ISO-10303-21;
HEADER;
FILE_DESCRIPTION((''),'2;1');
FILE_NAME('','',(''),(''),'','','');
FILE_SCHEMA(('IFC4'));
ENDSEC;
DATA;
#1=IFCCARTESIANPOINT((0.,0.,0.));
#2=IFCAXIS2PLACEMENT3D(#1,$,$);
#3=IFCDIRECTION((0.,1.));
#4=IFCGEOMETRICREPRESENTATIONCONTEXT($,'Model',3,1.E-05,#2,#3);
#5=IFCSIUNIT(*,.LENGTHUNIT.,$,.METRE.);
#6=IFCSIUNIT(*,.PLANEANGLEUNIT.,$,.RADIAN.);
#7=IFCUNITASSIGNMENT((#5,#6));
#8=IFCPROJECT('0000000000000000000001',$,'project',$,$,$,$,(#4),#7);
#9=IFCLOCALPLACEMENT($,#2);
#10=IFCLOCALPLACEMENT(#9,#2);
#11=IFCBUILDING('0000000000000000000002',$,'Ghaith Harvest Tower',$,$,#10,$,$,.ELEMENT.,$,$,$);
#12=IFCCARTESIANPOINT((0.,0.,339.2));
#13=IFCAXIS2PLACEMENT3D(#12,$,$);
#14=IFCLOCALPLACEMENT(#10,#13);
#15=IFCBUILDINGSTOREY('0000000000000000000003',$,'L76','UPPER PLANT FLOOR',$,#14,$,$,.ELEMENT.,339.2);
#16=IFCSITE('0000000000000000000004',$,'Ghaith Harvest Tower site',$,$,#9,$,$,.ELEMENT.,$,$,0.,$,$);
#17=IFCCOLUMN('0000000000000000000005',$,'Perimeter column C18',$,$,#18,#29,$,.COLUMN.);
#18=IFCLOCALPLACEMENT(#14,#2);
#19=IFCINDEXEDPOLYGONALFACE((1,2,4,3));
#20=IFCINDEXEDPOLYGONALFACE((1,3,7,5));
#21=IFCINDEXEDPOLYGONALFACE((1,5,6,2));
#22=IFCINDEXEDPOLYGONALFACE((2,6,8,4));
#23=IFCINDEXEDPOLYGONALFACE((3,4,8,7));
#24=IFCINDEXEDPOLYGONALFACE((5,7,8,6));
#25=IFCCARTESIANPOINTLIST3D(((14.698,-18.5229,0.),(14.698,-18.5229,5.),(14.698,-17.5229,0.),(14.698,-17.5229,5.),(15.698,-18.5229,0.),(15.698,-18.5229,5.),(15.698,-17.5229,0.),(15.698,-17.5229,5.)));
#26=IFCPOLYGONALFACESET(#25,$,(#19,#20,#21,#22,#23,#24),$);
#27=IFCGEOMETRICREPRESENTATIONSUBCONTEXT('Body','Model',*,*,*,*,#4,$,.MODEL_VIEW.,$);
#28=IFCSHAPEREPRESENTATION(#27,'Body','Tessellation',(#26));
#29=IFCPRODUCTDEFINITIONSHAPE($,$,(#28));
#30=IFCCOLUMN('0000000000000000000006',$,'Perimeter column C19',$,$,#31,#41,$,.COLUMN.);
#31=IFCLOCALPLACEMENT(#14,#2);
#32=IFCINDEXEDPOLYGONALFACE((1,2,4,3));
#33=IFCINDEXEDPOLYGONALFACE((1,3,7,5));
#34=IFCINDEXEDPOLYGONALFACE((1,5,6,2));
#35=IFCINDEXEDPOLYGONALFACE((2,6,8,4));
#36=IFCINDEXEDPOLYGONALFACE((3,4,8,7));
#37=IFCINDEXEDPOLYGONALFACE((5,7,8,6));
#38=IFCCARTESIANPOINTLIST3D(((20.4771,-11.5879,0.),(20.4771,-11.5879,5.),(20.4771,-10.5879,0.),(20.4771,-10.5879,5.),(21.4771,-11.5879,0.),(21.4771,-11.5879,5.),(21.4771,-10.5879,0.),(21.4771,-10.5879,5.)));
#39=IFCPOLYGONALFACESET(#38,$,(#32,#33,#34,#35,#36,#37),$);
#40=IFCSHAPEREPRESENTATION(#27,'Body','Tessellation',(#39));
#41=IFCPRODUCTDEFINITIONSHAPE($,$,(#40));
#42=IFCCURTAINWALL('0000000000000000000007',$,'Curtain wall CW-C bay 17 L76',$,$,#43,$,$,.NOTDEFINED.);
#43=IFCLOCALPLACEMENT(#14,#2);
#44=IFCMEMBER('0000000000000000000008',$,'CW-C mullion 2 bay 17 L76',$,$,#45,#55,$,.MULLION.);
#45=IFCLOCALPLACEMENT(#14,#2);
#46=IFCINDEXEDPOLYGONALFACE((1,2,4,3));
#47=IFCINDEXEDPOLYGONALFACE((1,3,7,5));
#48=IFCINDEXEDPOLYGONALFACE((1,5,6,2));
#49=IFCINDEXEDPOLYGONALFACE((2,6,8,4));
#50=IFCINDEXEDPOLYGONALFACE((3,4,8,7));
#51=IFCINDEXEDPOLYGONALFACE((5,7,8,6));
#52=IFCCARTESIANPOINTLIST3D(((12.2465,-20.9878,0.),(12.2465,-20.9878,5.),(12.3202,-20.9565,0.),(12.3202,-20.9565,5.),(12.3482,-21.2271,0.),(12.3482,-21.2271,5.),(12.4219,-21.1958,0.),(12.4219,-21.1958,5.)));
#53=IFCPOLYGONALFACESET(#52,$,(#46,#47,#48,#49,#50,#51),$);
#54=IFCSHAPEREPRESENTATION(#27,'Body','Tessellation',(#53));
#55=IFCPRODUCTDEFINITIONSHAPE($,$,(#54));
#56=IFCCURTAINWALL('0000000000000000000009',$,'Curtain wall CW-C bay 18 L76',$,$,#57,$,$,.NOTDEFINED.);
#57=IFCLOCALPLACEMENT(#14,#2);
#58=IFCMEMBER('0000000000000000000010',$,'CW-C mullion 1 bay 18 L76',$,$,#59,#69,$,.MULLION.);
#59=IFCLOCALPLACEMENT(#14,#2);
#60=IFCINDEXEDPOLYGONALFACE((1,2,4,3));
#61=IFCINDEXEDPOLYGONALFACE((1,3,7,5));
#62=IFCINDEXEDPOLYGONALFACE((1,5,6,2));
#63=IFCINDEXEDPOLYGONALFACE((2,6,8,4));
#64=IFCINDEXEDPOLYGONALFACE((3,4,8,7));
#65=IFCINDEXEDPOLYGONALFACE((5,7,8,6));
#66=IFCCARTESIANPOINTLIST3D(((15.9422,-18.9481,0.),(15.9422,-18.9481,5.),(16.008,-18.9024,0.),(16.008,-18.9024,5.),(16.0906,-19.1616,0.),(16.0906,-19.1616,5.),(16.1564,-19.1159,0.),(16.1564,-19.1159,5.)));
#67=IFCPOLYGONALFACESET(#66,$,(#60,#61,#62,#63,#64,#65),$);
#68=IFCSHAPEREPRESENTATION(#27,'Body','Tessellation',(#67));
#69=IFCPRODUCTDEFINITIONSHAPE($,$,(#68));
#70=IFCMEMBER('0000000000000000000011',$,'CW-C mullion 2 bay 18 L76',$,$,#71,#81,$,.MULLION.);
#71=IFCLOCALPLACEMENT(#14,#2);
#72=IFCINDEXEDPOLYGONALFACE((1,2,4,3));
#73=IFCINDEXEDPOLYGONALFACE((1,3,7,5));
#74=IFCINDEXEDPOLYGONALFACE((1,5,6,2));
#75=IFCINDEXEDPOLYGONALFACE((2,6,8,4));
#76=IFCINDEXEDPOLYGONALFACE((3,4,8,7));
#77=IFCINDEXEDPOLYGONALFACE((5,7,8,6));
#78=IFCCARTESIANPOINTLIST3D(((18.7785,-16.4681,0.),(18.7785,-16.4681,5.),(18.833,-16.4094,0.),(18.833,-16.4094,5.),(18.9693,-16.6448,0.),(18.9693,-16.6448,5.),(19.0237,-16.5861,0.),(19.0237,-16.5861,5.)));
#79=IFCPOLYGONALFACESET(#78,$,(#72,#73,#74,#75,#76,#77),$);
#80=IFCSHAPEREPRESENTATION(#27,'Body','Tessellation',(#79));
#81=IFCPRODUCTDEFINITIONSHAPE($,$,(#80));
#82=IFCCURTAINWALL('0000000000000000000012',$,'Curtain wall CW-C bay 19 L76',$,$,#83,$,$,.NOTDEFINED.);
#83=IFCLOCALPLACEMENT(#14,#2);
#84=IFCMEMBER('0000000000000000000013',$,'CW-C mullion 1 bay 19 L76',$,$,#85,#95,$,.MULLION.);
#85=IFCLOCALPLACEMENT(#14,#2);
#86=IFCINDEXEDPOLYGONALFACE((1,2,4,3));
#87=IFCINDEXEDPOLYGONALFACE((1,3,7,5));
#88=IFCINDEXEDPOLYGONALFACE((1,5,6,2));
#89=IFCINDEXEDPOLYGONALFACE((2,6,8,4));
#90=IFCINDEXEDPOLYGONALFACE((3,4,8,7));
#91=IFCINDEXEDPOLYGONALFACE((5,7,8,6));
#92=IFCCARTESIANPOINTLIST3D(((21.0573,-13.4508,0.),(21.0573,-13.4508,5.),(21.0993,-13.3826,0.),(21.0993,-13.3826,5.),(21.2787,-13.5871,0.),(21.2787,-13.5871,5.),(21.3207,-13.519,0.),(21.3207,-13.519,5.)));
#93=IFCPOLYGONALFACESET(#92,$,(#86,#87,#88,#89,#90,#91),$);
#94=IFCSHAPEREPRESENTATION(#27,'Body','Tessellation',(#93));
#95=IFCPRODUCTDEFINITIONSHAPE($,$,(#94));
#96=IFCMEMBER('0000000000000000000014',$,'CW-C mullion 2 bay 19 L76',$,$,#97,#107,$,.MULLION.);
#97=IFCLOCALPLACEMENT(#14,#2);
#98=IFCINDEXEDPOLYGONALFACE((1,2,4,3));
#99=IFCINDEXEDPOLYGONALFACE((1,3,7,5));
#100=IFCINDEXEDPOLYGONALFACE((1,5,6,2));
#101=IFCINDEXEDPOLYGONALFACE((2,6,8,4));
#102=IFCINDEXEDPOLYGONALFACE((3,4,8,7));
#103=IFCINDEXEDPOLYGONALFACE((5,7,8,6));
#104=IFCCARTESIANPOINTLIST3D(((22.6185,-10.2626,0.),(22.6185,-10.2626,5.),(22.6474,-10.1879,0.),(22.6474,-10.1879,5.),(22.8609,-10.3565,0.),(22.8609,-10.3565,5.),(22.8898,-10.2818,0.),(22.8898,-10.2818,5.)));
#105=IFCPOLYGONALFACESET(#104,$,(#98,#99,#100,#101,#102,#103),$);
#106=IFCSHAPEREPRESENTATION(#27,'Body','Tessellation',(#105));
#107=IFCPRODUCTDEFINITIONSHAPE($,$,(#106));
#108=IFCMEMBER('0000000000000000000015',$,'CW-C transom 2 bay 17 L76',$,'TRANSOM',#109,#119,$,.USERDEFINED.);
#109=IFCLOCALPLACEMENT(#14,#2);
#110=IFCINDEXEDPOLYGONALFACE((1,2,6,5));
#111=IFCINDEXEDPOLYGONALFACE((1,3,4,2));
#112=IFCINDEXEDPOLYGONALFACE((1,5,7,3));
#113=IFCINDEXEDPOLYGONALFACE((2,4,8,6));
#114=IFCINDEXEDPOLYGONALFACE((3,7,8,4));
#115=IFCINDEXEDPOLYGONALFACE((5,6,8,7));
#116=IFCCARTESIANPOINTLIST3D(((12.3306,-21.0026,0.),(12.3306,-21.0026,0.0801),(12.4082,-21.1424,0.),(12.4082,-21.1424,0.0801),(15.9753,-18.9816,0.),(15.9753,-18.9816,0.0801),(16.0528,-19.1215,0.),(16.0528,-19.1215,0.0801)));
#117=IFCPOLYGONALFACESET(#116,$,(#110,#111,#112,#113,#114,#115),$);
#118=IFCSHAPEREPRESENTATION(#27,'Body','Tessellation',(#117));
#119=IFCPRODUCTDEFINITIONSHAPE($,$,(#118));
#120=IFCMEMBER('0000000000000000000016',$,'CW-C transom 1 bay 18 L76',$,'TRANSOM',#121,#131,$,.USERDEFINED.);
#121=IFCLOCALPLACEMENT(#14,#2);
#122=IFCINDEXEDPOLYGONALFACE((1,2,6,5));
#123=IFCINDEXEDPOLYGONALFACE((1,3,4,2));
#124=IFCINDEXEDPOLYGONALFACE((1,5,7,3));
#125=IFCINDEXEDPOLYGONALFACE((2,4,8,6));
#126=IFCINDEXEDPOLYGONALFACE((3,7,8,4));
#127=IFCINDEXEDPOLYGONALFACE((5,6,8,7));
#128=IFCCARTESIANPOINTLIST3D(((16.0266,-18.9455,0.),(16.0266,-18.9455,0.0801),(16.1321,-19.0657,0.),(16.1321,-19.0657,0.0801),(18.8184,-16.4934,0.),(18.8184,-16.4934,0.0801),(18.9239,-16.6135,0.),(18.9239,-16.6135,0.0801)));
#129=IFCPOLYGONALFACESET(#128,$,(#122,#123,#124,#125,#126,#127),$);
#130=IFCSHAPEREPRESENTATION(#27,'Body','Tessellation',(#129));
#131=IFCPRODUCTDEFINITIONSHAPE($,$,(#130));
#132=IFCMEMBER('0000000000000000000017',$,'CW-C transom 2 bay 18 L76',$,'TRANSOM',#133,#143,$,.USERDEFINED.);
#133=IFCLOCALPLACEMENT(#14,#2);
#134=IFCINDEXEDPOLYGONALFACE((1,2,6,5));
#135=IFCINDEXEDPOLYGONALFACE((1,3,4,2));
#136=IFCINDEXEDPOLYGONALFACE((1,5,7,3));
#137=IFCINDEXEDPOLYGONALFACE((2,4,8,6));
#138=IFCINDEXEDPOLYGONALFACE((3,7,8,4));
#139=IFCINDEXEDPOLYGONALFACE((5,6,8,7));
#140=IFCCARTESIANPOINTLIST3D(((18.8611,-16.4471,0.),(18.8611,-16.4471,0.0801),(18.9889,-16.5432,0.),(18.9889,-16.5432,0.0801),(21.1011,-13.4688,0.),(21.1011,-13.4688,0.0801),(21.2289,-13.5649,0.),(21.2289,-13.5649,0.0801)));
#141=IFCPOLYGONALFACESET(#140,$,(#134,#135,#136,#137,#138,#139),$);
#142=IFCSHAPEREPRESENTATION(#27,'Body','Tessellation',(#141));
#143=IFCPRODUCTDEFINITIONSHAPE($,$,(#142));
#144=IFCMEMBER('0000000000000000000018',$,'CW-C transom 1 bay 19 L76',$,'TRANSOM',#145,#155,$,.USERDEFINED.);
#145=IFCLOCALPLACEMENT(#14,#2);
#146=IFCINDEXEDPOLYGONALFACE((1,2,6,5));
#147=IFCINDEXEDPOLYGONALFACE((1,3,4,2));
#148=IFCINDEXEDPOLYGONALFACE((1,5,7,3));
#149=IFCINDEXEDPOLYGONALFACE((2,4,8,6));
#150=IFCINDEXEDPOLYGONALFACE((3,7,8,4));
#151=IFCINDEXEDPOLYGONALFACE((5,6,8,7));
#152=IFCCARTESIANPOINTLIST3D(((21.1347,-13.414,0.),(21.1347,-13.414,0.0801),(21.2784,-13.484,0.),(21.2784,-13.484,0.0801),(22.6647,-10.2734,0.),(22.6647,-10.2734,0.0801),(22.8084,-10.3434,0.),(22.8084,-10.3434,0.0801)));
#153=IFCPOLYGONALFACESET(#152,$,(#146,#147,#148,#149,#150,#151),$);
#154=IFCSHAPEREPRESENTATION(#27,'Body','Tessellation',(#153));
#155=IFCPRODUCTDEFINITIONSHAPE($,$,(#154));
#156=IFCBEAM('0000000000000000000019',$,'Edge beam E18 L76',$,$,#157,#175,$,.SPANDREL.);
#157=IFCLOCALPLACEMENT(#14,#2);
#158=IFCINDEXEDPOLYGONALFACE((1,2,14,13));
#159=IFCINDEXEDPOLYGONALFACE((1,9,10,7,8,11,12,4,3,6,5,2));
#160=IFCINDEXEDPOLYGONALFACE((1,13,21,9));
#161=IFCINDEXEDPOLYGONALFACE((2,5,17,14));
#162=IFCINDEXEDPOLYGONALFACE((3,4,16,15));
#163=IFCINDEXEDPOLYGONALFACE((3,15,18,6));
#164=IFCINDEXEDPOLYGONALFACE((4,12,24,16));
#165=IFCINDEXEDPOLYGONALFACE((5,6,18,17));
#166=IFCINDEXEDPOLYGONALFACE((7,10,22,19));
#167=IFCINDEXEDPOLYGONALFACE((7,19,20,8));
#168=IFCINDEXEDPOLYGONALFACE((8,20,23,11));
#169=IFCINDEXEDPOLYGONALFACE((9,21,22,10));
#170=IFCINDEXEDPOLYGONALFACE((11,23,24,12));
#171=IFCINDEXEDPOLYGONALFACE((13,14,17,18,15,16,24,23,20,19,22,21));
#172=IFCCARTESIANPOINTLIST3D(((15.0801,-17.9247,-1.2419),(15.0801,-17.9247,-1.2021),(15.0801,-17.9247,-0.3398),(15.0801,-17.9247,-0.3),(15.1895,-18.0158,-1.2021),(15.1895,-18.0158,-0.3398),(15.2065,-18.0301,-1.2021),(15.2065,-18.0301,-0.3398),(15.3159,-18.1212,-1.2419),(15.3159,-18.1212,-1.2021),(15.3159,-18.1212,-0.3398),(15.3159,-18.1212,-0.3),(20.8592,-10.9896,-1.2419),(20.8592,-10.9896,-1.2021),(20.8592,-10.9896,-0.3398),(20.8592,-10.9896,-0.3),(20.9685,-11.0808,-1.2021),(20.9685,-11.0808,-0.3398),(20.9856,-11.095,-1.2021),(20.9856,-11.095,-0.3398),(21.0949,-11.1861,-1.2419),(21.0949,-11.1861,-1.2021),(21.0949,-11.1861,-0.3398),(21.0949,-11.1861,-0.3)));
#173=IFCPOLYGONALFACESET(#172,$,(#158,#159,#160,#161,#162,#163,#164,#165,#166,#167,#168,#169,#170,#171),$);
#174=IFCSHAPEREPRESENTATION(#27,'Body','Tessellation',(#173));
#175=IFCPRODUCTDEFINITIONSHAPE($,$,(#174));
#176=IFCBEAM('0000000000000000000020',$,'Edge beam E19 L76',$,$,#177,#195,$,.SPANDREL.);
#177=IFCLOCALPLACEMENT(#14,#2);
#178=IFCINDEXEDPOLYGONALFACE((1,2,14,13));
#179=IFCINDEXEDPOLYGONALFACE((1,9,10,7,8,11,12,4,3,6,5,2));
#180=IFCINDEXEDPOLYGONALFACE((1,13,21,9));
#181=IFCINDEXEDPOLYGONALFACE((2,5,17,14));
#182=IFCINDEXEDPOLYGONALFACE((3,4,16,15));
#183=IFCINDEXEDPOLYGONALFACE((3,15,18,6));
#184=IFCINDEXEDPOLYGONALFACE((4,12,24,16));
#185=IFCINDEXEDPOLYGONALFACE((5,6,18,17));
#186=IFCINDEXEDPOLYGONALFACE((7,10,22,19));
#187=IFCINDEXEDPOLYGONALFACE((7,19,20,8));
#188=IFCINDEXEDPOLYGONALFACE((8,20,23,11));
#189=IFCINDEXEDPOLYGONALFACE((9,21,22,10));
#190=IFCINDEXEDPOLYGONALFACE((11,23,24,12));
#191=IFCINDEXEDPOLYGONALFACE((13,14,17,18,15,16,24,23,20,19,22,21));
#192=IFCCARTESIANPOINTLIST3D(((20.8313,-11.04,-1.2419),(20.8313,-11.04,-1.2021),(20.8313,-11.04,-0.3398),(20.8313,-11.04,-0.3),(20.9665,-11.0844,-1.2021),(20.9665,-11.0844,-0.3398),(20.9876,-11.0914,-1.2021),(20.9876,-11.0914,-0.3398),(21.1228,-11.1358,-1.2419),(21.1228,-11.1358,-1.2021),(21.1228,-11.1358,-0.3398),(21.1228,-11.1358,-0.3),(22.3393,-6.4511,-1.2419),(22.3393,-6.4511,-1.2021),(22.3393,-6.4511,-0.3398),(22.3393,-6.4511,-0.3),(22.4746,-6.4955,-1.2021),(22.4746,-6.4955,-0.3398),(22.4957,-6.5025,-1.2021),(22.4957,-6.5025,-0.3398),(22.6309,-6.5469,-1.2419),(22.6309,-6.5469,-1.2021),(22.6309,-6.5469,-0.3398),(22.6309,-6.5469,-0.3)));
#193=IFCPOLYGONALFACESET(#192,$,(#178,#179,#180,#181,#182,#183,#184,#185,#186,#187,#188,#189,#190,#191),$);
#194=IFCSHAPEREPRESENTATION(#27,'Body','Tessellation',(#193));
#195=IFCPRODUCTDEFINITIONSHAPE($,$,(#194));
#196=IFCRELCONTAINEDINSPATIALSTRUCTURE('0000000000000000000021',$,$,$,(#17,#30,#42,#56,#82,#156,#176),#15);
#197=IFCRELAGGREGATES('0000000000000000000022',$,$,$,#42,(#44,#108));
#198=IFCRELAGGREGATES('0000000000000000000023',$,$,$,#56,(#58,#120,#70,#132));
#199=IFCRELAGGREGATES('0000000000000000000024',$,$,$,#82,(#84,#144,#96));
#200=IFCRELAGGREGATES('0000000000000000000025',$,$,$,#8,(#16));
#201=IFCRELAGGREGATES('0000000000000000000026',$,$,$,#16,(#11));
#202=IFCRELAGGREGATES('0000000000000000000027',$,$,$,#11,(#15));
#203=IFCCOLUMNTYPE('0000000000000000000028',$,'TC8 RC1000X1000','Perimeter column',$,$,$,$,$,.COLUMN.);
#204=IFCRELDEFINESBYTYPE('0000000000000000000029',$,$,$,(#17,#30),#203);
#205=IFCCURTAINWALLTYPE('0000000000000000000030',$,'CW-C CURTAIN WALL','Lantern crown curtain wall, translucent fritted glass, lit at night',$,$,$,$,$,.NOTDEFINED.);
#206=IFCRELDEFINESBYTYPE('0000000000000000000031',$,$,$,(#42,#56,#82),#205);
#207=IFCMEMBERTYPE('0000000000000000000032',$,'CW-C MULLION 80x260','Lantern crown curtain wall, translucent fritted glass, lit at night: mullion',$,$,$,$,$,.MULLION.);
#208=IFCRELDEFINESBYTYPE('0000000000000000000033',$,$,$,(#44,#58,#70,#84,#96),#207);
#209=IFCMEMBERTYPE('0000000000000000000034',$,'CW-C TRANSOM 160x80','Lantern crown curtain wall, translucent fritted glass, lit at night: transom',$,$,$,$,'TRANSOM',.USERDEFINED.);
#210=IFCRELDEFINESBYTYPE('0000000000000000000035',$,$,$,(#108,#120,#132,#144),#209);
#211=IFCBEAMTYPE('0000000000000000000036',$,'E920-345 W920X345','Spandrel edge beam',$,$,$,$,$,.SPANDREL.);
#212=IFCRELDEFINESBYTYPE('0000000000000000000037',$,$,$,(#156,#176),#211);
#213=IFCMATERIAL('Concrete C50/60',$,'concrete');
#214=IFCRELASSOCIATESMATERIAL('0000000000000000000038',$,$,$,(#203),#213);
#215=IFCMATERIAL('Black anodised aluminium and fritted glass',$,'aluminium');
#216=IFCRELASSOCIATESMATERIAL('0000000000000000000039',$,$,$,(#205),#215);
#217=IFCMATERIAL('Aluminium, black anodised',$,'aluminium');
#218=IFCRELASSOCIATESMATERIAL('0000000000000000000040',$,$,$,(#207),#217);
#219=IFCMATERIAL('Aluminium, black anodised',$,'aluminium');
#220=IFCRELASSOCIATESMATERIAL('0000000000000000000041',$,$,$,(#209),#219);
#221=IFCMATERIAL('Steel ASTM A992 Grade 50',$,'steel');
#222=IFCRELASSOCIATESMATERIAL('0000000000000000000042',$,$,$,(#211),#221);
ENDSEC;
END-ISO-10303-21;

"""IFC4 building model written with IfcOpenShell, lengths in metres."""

from ifc_helpers import new_model, si_unit, direction, frame, origin, origin_2d, place, context, subcontext, project, spatial, rectangle, i_section, extrude, material, material_profile, profile_set, type_object, element, aggregate, save


model = new_model("IFC4")

# Units and contexts
model_context = context("Model", 3, precision=1e-05, world=origin(), true_north=direction((0.0, 1.0)))
body_context = subcontext(model_context, "Body", "Model", "MODEL_VIEW")
ifc_project = project(units=[si_unit("LENGTHUNIT", "METRE"), si_unit("PLANEANGLEUNIT", "RADIAN")], contexts=[model_context])

# Site, building, storey
site_placement = place(None, origin())
site = spatial("IfcSite", under=ifc_project, at=site_placement, Name="Ghaith Harvest Tower site", CompositionType="ELEMENT", RefElevation=0.0)
building_placement = place(site_placement, origin())
building = spatial("IfcBuilding", under=site, at=building_placement, Name="Ghaith Harvest Tower", CompositionType="ELEMENT")
storey_placement = place(building_placement, frame((0.0, 0.0, 339.2)))
storey = spatial("IfcBuildingStorey", under=building, at=storey_placement, Name="L76", Description="UPPER PLANT FLOOR", CompositionType="ELEMENT", Elevation=339.2)

# Columns
ifc_material_1 = material(Name="Concrete C50/60", Category="concrete")
ifc_material_profile_1 = material_profile(ifc_material_1, rectangle(XDim=1.0, YDim=1.0, at=origin_2d()), Name="RC1000X1000")
ifc_profile_set_1 = profile_set([ifc_material_profile_1], Name="Concrete C50/60")
column_type = type_object("IfcColumnType", Name="TC8 RC1000X1000", Description="Perimeter column", PredefinedType="COLUMN", material=ifc_profile_set_1)
for number, where, z_axis, x_axis, name in (
    (1, (15.198, -18.0229, 0.0), (0.0, 0.0, 1.0), (1.0, 0.0, 0.0), "Perimeter column C18"),
    (2, (20.9771, -11.0879, 0.0), (0.0, 0.0, 1.0), (1.0, 0.0, 0.0), "Perimeter column C19"),
):
    element("IfcColumn", number, at=place(storey_placement, frame(where, z_axis=z_axis, x_axis=x_axis)), inside=storey, type_object=column_type, Name=name, PredefinedType="COLUMN", context=body_context, shape_type="SweptSolid", body=[
        extrude(rectangle(XDim=1.0, YDim=1.0, at=origin_2d()), origin(), (0.0, 0.0, 1.0), 5.0),
    ])

# Curtain wall, member
ifc_material_2 = material(Name="Black anodised aluminium and fritted glass", Category="aluminium")
curtain_wall_type = type_object("IfcCurtainWallType", Name="CW-C CURTAIN WALL", Description="Lantern crown curtain wall, translucent fritted glass, lit at night", PredefinedType="NOTDEFINED", material=ifc_material_2)
curtain_wall_1_placement = place(storey_placement, origin())
curtain_wall_1 = element("IfcCurtainWall", 3, at=curtain_wall_1_placement, inside=storey, type_object=curtain_wall_type, Name="Curtain wall CW-C bay 17 L76", PredefinedType="NOTDEFINED")
ifc_material_3 = material(Name="Aluminium, black anodised", Category="aluminium")
ifc_material_profile_2 = material_profile(ifc_material_3, rectangle(XDim=0.0801, YDim=0.26, at=origin_2d()), Name="CW-C MULLION 80x260")
ifc_profile_set_2 = profile_set([ifc_material_profile_2], Name="Aluminium, black anodised")
member_type_1 = type_object("IfcMemberType", Name="CW-C MULLION 80x260", Description="Lantern crown curtain wall, translucent fritted glass, lit at night: mullion", PredefinedType="MULLION", material=ifc_profile_set_2)
member_1_placement = place(storey_placement, frame((12.3342, -21.0918, 0.0), z_axis=(0.0, 0.0, 1.0), x_axis=(0.920319, 0.391168, 0.0)))
member_1 = element("IfcMember", 4, at=member_1_placement, type_object=member_type_1, Name="CW-C mullion 2 bay 17 L76", PredefinedType="MULLION", context=body_context, shape_type="SweptSolid", body=[
    extrude(rectangle(XDim=0.0801, YDim=0.26, at=origin_2d()), origin(), (0.0, 0.0, 1.0), 5.0),
])

# Curtain walls, members
curtain_wall_2_placement = place(storey_placement, origin())
curtain_wall_2 = element("IfcCurtainWall", 5, at=curtain_wall_2_placement, inside=storey, type_object=curtain_wall_type, Name="Curtain wall CW-C bay 18 L76", PredefinedType="NOTDEFINED")
member_2_placement = place(storey_placement, frame((16.0493, -19.032, 0.0), z_axis=(0.0, 0.0, 1.0), x_axis=(0.821112, 0.570767, 0.0)))
member_2 = element("IfcMember", 6, at=member_2_placement, type_object=member_type_1, Name="CW-C mullion 1 bay 18 L76", PredefinedType="MULLION", context=body_context, shape_type="SweptSolid", body=[
    extrude(rectangle(XDim=0.0801, YDim=0.26, at=origin_2d()), origin(), (0.0, 0.0, 1.0), 5.0),
])
member_3_placement = place(storey_placement, frame((18.9011, -16.5271, 0.0), z_axis=(0.0, 0.0, 1.0), x_axis=(0.679661, 0.733526, 0.0)))
member_3 = element("IfcMember", 7, at=member_3_placement, type_object=member_type_1, Name="CW-C mullion 2 bay 18 L76", PredefinedType="MULLION", context=body_context, shape_type="SweptSolid", body=[
    extrude(rectangle(XDim=0.0801, YDim=0.26, at=origin_2d()), origin(), (0.0, 0.0, 1.0), 5.0),
])
curtain_wall_3_placement = place(storey_placement, origin())
curtain_wall_3 = element("IfcCurtainWall", 8, at=curtain_wall_3_placement, inside=storey, type_object=curtain_wall_type, Name="Curtain wall CW-C bay 19 L76", PredefinedType="NOTDEFINED")
member_4_placement = place(storey_placement, frame((21.189, -13.4849, 0.0), z_axis=(0.0, 0.0, 1.0), x_axis=(0.524482, 0.851421, 0.0)))
member_4 = element("IfcMember", 9, at=member_4_placement, type_object=member_type_1, Name="CW-C mullion 1 bay 19 L76", PredefinedType="MULLION", context=body_context, shape_type="SweptSolid", body=[
    extrude(rectangle(XDim=0.0801, YDim=0.26, at=origin_2d()), origin(), (0.0, 0.0, 1.0), 5.0),
])
member_5_placement = place(storey_placement, frame((22.7542, -10.2722, 0.0), z_axis=(0.0, 0.0, 1.0), x_axis=(0.361184, 0.932494, 0.0)))
member_5 = element("IfcMember", 10, at=member_5_placement, type_object=member_type_1, Name="CW-C mullion 2 bay 19 L76", PredefinedType="MULLION", context=body_context, shape_type="SweptSolid", body=[
    extrude(rectangle(XDim=0.0801, YDim=0.26, at=origin_2d()), origin(), (0.0, 0.0, 1.0), 5.0),
])

# Members
ifc_material_4 = material(Name="Aluminium, black anodised", Category="aluminium")
ifc_material_profile_3 = material_profile(ifc_material_4, rectangle(XDim=0.1599, YDim=0.0801, at=origin_2d()), Name="CW-C TRANSOM 160x80")
ifc_profile_set_3 = profile_set([ifc_material_profile_3], Name="Aluminium, black anodised")
member_type_2 = type_object("IfcMemberType", Name="CW-C TRANSOM 160x80", Description="Lantern crown curtain wall, translucent fritted glass, lit at night: transom", ElementType="TRANSOM", PredefinedType="USERDEFINED", material=ifc_profile_set_3)
member_6_placement = place(storey_placement, frame((12.3694, -21.0725, 0.04), z_axis=(0.874552, 0.484932, 0.0), x_axis=(-0.484932, 0.874552, 0.0)))
member_6 = element("IfcMember", 11, at=member_6_placement, type_object=member_type_2, Name="CW-C transom 2 bay 17 L76", ObjectType="TRANSOM", PredefinedType="USERDEFINED", context=body_context, shape_type="SweptSolid", body=[
    extrude(rectangle(XDim=0.1599, YDim=0.0801, at=origin_2d()), origin(), (0.0, 0.0, 1.0), 4.1675),
])
member_7_placement = place(storey_placement, frame((16.0793, -19.0056, 0.04), z_axis=(0.751326, 0.659931, 0.0), x_axis=(-0.659931, 0.751326, 0.0)))
member_7 = element("IfcMember", 12, at=member_7_placement, type_object=member_type_2, Name="CW-C transom 1 bay 18 L76", ObjectType="TRANSOM", PredefinedType="USERDEFINED", context=body_context, shape_type="SweptSolid", body=[
    extrude(rectangle(XDim=0.1599, YDim=0.0801, at=origin_2d()), origin(), (0.0, 0.0, 1.0), 3.7158),
])
member_8_placement = place(storey_placement, frame((18.925, -16.4951, 0.04), z_axis=(0.601079, 0.79919, 0.0), x_axis=(-0.79919, 0.601079, 0.0)))
member_8 = element("IfcMember", 13, at=member_8_placement, type_object=member_type_2, Name="CW-C transom 2 bay 18 L76", ObjectType="TRANSOM", PredefinedType="USERDEFINED", context=body_context, shape_type="SweptSolid", body=[
    extrude(rectangle(XDim=0.1599, YDim=0.0801, at=origin_2d()), origin(), (0.0, 0.0, 1.0), 3.7266),
])
member_9_placement = place(storey_placement, frame((21.2065, -13.449, 0.04), z_axis=(0.437965, 0.898992, 0.0), x_axis=(-0.898992, 0.437965, 0.0)))
member_9 = element("IfcMember", 14, at=member_9_placement, type_object=member_type_2, Name="CW-C transom 1 bay 19 L76", ObjectType="TRANSOM", PredefinedType="USERDEFINED", context=body_context, shape_type="SweptSolid", body=[
    extrude(rectangle(XDim=0.1599, YDim=0.0801, at=origin_2d()), origin(), (0.0, 0.0, 1.0), 3.4934),
])

# Beams
ifc_material_5 = material(Name="Steel ASTM A992 Grade 50", Category="steel")
ifc_material_profile_4 = material_profile(ifc_material_5, i_section(OverallWidth=0.3069, OverallDepth=0.9419, WebThickness=0.0222, FlangeThickness=0.0398, at=origin_2d()), Name="W920X345")
ifc_profile_set_4 = profile_set([ifc_material_profile_4], Name="Steel ASTM A992 Grade 50")
beam_type = type_object("IfcBeamType", Name="E920-345 W920X345", Description="Spandrel edge beam", PredefinedType="SPANDREL", material=ifc_profile_set_4)
beam_1_placement = place(storey_placement, frame((15.198, -18.0229, -0.771), z_axis=(0.640174, 0.76823, 0.0), x_axis=(-0.76823, 0.640174, 0.0)))
element("IfcBeam", 15, at=beam_1_placement, inside=storey, type_object=beam_type, Name="Edge beam E18 L76", PredefinedType="SPANDREL", context=body_context, shape_type="SweptSolid", body=[
    extrude(i_section(OverallWidth=0.3069, OverallDepth=0.9419, WebThickness=0.0222, FlangeThickness=0.0398, at=origin_2d()), origin(), (0.0, 0.0, 1.0), 9.0273),
])
beam_2_placement = place(storey_placement, frame((20.9771, -11.0879, -0.771), z_axis=(0.312207, 0.950014, 0.0), x_axis=(-0.950014, 0.312207, 0.0)))
element("IfcBeam", 16, at=beam_2_placement, inside=storey, type_object=beam_type, Name="Edge beam E19 L76", PredefinedType="SPANDREL", context=body_context, shape_type="SweptSolid", body=[
    extrude(i_section(OverallWidth=0.3069, OverallDepth=0.9419, WebThickness=0.0222, FlangeThickness=0.0398, at=origin_2d()), origin(), (0.0, 0.0, 1.0), 4.8303),
])

aggregate(curtain_wall_1, [member_1, member_6])
aggregate(curtain_wall_2, [member_2, member_7, member_3, member_8])
aggregate(curtain_wall_3, [member_4, member_9, member_5])

save(model, "model.ifc")
